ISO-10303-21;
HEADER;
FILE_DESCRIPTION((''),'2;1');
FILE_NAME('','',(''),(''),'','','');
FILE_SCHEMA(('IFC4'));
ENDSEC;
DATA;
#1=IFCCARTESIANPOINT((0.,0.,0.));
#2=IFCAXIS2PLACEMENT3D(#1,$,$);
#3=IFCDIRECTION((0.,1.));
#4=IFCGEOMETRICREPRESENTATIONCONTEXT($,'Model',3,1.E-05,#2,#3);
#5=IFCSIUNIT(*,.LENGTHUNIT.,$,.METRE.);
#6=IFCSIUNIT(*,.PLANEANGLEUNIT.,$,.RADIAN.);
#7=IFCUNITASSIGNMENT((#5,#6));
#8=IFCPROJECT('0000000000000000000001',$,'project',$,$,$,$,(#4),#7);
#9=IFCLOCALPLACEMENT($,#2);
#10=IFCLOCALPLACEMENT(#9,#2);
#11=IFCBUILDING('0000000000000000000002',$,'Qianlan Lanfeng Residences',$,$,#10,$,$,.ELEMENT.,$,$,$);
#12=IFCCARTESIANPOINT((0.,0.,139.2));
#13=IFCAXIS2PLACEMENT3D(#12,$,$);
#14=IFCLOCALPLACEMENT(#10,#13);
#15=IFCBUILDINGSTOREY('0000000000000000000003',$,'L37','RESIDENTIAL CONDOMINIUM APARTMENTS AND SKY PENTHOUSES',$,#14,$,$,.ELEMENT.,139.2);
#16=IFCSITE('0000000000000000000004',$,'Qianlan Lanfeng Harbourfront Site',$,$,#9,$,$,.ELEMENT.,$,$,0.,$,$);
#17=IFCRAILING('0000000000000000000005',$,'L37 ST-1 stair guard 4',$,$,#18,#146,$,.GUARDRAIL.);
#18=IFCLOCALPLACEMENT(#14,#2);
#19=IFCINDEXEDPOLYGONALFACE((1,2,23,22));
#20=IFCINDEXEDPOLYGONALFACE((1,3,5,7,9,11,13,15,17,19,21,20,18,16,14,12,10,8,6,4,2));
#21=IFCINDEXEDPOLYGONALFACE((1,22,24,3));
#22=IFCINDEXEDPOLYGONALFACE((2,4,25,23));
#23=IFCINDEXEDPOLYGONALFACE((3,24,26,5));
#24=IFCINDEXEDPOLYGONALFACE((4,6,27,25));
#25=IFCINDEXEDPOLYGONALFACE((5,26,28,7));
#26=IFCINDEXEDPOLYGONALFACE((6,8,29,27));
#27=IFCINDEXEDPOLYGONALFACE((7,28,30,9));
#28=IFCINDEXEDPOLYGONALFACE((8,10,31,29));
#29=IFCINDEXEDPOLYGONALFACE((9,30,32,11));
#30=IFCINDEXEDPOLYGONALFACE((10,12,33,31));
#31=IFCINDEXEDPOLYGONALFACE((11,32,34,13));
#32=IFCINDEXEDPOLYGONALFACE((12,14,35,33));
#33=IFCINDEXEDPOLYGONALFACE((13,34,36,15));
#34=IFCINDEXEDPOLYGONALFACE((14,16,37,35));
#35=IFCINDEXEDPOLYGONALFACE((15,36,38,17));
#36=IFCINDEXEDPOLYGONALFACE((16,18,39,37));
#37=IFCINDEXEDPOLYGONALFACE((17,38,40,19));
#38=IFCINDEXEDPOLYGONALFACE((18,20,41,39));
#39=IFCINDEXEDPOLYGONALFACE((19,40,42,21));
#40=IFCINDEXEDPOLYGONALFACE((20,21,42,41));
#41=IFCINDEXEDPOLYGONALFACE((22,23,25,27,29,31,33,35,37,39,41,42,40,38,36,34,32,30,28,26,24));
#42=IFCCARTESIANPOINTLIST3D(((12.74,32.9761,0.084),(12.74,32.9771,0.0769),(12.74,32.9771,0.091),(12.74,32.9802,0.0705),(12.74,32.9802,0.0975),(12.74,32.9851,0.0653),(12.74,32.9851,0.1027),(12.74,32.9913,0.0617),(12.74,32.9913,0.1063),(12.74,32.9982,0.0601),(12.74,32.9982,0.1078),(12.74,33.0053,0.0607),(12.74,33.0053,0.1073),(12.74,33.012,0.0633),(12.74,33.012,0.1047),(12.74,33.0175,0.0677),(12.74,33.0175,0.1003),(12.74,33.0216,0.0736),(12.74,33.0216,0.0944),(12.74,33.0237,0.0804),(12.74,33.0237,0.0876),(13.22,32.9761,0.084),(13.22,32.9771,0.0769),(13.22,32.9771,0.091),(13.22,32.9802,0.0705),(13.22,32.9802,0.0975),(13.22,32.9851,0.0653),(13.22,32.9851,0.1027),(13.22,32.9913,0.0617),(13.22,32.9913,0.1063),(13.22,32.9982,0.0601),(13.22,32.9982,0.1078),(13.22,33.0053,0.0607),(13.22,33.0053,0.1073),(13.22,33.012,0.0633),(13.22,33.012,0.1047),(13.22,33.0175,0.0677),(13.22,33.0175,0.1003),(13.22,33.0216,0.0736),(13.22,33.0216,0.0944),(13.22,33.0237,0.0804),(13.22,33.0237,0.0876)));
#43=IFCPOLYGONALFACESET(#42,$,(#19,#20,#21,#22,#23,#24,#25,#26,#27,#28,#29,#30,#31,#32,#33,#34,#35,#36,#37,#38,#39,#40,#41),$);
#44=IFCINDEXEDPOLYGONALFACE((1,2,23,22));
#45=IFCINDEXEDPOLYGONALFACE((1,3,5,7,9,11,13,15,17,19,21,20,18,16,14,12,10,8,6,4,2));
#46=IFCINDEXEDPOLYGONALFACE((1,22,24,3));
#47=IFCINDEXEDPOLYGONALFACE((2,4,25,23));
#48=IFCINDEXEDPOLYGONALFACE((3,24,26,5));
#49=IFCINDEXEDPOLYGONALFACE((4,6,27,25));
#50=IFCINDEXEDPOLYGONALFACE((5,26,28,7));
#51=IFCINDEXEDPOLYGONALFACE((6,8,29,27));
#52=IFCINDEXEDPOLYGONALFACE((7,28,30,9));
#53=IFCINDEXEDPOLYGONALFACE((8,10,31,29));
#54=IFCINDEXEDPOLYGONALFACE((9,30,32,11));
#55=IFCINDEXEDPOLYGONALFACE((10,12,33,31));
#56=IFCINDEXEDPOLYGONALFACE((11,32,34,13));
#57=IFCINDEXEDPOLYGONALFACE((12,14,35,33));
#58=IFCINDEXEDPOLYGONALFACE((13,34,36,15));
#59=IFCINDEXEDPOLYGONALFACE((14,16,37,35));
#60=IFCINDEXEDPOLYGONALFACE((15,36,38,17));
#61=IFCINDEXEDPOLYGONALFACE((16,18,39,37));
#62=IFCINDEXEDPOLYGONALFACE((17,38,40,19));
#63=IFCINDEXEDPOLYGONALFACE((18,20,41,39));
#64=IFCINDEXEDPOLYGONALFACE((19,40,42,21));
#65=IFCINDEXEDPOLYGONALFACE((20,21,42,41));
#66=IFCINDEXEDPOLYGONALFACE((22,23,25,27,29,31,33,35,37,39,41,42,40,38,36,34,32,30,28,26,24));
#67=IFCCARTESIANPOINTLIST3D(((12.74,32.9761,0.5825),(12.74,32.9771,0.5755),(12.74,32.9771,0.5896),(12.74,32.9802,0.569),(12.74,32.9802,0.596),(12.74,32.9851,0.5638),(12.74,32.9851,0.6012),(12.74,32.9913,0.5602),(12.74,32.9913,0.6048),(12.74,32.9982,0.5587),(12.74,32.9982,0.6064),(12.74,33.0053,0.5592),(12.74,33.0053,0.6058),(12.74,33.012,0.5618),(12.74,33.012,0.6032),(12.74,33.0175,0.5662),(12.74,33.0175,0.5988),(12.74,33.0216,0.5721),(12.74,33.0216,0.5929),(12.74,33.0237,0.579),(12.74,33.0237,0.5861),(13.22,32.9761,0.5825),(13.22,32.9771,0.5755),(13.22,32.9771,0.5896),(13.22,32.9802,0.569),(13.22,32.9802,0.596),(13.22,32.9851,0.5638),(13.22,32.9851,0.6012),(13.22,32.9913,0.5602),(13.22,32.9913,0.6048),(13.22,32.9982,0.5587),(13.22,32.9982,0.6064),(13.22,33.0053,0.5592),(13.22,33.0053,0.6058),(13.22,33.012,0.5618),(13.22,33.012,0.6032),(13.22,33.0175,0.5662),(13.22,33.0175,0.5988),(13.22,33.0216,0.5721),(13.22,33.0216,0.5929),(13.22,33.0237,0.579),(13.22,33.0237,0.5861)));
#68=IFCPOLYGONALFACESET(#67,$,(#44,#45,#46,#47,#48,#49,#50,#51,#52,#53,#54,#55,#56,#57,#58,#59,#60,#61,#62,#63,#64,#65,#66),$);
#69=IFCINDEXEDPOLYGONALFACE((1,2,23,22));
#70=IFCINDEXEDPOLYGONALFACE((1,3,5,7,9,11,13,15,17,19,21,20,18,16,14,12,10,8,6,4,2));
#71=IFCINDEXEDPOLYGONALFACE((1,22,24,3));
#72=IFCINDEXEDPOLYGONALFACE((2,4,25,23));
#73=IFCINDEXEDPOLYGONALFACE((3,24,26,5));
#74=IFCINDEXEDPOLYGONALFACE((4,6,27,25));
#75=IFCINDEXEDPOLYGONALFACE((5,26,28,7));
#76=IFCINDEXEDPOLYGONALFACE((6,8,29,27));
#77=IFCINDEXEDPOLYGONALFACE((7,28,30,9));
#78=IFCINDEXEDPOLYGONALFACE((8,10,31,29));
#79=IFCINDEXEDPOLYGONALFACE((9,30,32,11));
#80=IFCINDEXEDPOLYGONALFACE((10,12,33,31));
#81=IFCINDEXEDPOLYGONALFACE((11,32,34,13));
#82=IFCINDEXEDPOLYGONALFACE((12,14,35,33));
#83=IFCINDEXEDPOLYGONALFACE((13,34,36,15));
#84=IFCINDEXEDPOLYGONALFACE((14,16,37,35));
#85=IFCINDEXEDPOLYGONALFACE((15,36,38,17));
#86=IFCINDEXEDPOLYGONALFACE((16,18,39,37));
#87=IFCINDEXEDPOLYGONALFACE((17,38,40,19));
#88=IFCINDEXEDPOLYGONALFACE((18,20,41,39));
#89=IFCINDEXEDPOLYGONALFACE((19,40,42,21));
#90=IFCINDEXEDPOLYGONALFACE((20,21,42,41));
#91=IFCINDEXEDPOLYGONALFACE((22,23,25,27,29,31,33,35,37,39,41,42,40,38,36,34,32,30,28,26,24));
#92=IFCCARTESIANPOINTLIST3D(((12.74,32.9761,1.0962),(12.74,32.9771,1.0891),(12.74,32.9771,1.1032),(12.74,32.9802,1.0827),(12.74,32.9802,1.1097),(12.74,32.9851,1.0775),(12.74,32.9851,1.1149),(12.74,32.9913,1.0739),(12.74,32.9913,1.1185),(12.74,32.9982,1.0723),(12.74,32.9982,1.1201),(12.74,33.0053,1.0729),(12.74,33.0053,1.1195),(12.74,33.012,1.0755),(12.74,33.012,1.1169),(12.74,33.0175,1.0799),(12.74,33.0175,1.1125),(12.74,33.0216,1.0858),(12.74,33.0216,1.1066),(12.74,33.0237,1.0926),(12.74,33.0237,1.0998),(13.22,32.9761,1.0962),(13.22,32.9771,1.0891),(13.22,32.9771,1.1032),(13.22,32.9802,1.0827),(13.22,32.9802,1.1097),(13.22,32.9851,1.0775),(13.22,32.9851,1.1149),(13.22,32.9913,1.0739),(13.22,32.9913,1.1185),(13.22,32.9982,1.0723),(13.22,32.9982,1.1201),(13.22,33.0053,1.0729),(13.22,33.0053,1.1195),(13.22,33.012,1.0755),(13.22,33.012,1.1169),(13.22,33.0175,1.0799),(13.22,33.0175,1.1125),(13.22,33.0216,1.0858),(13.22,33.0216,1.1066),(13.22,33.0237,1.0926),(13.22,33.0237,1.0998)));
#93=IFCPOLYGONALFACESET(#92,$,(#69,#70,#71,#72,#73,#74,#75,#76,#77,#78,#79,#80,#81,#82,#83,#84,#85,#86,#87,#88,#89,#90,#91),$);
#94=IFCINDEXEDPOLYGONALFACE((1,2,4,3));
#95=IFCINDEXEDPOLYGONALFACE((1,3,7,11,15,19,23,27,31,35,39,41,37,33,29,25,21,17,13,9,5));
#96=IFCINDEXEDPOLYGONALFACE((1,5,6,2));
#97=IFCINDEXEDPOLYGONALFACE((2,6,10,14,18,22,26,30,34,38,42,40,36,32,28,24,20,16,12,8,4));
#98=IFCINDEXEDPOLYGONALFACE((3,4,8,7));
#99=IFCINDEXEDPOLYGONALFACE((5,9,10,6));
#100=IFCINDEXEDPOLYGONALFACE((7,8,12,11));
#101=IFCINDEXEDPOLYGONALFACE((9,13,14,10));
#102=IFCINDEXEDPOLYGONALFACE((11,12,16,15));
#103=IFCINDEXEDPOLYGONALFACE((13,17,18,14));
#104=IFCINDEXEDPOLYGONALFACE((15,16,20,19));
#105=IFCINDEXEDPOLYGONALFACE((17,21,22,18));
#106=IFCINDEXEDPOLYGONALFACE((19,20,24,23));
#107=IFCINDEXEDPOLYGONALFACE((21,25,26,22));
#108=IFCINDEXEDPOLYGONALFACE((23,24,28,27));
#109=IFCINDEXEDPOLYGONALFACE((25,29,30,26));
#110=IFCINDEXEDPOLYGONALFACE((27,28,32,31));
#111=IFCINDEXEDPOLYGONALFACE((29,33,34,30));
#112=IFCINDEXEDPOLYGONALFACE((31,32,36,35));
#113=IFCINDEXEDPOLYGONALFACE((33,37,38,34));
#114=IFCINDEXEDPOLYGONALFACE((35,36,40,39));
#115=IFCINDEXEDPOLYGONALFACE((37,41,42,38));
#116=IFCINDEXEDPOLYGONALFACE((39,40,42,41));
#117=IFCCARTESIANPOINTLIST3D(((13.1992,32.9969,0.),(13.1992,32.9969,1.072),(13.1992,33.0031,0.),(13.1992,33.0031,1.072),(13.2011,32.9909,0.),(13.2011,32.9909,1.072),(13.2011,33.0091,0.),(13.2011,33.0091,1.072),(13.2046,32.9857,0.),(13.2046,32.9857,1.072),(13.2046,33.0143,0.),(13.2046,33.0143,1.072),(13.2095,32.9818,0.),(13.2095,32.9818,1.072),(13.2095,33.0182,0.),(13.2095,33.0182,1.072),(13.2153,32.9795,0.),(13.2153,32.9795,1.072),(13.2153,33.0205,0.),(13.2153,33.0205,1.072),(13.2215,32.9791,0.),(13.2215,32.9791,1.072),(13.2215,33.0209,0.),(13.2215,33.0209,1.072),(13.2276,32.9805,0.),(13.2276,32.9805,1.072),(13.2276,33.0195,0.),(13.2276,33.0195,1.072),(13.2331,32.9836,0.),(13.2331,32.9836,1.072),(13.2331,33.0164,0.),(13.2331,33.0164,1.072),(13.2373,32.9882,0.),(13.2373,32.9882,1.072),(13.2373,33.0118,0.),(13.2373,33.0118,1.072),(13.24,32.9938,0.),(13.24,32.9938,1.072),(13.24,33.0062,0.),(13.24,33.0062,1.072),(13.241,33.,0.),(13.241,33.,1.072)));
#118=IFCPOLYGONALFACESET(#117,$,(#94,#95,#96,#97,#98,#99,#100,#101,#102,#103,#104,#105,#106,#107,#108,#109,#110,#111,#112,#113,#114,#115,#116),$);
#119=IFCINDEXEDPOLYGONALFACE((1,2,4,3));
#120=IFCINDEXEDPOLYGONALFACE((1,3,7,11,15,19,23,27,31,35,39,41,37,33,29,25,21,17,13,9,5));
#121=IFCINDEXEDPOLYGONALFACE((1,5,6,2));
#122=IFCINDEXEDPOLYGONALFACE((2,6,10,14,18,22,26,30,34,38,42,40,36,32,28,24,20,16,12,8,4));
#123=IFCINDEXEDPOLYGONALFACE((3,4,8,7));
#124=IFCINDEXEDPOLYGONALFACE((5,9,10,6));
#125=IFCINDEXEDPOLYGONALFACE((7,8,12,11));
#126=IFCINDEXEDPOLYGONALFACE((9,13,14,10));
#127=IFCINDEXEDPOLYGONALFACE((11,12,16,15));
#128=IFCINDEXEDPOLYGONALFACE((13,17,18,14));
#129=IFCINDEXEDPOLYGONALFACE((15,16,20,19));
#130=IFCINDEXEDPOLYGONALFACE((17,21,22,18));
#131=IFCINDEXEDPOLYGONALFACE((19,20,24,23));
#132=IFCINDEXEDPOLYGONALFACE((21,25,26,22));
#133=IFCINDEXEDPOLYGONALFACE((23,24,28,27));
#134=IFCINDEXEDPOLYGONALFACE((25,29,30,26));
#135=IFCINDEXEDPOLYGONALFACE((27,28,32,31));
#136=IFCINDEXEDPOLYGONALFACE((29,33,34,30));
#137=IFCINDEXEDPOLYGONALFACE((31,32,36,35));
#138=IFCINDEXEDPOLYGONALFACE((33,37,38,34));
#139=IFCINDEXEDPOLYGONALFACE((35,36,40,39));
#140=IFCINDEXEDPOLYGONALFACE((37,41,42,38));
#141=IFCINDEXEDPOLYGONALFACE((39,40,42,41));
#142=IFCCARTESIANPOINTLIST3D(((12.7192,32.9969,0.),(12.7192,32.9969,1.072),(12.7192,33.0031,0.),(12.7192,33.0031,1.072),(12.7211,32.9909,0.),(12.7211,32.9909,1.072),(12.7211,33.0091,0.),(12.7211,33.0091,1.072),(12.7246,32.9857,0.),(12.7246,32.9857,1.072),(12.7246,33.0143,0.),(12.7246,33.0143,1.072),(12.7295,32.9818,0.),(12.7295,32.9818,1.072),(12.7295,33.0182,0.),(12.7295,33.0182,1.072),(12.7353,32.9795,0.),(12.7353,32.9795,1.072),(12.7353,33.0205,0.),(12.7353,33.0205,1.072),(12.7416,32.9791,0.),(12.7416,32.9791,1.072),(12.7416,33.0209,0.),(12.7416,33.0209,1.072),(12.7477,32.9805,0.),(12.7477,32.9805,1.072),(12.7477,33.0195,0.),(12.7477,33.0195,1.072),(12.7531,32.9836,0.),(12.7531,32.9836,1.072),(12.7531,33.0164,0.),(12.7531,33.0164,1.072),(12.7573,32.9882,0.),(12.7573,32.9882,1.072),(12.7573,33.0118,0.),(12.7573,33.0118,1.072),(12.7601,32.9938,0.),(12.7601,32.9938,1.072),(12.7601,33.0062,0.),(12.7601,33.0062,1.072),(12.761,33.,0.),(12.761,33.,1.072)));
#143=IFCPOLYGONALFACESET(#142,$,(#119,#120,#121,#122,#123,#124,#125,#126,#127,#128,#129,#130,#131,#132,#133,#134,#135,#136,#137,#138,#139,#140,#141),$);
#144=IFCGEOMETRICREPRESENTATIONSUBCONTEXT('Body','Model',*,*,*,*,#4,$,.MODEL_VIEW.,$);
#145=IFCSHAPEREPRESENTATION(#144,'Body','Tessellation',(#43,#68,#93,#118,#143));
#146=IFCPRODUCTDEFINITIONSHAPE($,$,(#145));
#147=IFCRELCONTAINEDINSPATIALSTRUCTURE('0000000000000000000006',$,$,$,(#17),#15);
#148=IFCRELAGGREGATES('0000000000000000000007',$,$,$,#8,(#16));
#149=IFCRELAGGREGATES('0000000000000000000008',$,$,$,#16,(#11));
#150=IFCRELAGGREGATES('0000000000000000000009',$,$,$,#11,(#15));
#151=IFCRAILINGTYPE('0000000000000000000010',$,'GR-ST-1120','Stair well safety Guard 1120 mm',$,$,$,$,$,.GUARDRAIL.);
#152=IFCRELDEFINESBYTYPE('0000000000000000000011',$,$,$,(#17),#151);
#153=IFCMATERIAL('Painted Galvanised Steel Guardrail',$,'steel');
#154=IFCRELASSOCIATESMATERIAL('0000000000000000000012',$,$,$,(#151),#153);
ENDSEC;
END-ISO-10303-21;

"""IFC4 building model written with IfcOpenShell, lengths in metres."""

from ifc_helpers import new_model, si_unit, direction, frame, origin, origin_2d, place, context, subcontext, project, spatial, circle, extrude, material, type_object, element, save


model = new_model("IFC4")

# Units and contexts
model_context = context("Model", 3, precision=1e-05, world=origin(), true_north=direction((0.0, 1.0)))
body_context = subcontext(model_context, "Body", "Model", "MODEL_VIEW")
ifc_project = project(units=[si_unit("LENGTHUNIT", "METRE"), si_unit("PLANEANGLEUNIT", "RADIAN")], contexts=[model_context])

# Site, building, storey
site_placement = place(None, origin())
site = spatial("IfcSite", under=ifc_project, at=site_placement, Name="Qianlan Lanfeng Harbourfront Site", CompositionType="ELEMENT", RefElevation=0.0)
building_placement = place(site_placement, origin())
building = spatial("IfcBuilding", under=site, at=building_placement, Name="Qianlan Lanfeng Residences", CompositionType="ELEMENT")
storey_placement = place(building_placement, frame((0.0, 0.0, 139.2)))
storey = spatial("IfcBuildingStorey", under=building, at=storey_placement, Name="L37", Description="RESIDENTIAL CONDOMINIUM APARTMENTS AND SKY PENTHOUSES", CompositionType="ELEMENT", Elevation=139.2)

# Railing
ifc_material_1 = material(Name="Painted Galvanised Steel Guardrail", Category="steel")
railing_type_1 = type_object("IfcRailingType", Name="GR-ST-1120", Description="Stair well safety Guard 1120 mm", PredefinedType="GUARDRAIL", material=ifc_material_1)
railing_1_placement = place(storey_placement, frame((13.22, 33.0, 0.0)))
element("IfcRailing", 1, at=railing_1_placement, inside=storey, type_object=railing_type_1, Name="L37 ST-1 stair guard 4", PredefinedType="GUARDRAIL", context=body_context, shape_type="SweptSolid", body=[
    extrude(circle(Radius=0.0239, at=origin_2d()), frame((0.0, 0.0, 0.084), z_axis=(-1.0, 0.0, 0.0), x_axis=(0.0, -1.0, 0.0)), (0.0, 0.0, 1.0), 0.48),
    extrude(circle(Radius=0.0239, at=origin_2d()), frame((0.0, 0.0, 0.5825), z_axis=(-1.0, 0.0, 0.0), x_axis=(0.0, -1.0, 0.0)), (0.0, 0.0, 1.0), 0.48),
    extrude(circle(Radius=0.0239, at=origin_2d()), frame((0.0, 0.0, 1.0962), z_axis=(-1.0, 0.0, 0.0), x_axis=(0.0, -1.0, 0.0)), (0.0, 0.0, 1.0), 0.48),
    extrude(circle(Radius=0.021, at=origin_2d()), origin(), (0.0, 0.0, 1.0), 1.072),
    extrude(circle(Radius=0.021, at=origin_2d()), frame((-0.48, 0.0, 0.0)), (0.0, 0.0, 1.0), 1.072),
])

save(model, "model.ifc")
